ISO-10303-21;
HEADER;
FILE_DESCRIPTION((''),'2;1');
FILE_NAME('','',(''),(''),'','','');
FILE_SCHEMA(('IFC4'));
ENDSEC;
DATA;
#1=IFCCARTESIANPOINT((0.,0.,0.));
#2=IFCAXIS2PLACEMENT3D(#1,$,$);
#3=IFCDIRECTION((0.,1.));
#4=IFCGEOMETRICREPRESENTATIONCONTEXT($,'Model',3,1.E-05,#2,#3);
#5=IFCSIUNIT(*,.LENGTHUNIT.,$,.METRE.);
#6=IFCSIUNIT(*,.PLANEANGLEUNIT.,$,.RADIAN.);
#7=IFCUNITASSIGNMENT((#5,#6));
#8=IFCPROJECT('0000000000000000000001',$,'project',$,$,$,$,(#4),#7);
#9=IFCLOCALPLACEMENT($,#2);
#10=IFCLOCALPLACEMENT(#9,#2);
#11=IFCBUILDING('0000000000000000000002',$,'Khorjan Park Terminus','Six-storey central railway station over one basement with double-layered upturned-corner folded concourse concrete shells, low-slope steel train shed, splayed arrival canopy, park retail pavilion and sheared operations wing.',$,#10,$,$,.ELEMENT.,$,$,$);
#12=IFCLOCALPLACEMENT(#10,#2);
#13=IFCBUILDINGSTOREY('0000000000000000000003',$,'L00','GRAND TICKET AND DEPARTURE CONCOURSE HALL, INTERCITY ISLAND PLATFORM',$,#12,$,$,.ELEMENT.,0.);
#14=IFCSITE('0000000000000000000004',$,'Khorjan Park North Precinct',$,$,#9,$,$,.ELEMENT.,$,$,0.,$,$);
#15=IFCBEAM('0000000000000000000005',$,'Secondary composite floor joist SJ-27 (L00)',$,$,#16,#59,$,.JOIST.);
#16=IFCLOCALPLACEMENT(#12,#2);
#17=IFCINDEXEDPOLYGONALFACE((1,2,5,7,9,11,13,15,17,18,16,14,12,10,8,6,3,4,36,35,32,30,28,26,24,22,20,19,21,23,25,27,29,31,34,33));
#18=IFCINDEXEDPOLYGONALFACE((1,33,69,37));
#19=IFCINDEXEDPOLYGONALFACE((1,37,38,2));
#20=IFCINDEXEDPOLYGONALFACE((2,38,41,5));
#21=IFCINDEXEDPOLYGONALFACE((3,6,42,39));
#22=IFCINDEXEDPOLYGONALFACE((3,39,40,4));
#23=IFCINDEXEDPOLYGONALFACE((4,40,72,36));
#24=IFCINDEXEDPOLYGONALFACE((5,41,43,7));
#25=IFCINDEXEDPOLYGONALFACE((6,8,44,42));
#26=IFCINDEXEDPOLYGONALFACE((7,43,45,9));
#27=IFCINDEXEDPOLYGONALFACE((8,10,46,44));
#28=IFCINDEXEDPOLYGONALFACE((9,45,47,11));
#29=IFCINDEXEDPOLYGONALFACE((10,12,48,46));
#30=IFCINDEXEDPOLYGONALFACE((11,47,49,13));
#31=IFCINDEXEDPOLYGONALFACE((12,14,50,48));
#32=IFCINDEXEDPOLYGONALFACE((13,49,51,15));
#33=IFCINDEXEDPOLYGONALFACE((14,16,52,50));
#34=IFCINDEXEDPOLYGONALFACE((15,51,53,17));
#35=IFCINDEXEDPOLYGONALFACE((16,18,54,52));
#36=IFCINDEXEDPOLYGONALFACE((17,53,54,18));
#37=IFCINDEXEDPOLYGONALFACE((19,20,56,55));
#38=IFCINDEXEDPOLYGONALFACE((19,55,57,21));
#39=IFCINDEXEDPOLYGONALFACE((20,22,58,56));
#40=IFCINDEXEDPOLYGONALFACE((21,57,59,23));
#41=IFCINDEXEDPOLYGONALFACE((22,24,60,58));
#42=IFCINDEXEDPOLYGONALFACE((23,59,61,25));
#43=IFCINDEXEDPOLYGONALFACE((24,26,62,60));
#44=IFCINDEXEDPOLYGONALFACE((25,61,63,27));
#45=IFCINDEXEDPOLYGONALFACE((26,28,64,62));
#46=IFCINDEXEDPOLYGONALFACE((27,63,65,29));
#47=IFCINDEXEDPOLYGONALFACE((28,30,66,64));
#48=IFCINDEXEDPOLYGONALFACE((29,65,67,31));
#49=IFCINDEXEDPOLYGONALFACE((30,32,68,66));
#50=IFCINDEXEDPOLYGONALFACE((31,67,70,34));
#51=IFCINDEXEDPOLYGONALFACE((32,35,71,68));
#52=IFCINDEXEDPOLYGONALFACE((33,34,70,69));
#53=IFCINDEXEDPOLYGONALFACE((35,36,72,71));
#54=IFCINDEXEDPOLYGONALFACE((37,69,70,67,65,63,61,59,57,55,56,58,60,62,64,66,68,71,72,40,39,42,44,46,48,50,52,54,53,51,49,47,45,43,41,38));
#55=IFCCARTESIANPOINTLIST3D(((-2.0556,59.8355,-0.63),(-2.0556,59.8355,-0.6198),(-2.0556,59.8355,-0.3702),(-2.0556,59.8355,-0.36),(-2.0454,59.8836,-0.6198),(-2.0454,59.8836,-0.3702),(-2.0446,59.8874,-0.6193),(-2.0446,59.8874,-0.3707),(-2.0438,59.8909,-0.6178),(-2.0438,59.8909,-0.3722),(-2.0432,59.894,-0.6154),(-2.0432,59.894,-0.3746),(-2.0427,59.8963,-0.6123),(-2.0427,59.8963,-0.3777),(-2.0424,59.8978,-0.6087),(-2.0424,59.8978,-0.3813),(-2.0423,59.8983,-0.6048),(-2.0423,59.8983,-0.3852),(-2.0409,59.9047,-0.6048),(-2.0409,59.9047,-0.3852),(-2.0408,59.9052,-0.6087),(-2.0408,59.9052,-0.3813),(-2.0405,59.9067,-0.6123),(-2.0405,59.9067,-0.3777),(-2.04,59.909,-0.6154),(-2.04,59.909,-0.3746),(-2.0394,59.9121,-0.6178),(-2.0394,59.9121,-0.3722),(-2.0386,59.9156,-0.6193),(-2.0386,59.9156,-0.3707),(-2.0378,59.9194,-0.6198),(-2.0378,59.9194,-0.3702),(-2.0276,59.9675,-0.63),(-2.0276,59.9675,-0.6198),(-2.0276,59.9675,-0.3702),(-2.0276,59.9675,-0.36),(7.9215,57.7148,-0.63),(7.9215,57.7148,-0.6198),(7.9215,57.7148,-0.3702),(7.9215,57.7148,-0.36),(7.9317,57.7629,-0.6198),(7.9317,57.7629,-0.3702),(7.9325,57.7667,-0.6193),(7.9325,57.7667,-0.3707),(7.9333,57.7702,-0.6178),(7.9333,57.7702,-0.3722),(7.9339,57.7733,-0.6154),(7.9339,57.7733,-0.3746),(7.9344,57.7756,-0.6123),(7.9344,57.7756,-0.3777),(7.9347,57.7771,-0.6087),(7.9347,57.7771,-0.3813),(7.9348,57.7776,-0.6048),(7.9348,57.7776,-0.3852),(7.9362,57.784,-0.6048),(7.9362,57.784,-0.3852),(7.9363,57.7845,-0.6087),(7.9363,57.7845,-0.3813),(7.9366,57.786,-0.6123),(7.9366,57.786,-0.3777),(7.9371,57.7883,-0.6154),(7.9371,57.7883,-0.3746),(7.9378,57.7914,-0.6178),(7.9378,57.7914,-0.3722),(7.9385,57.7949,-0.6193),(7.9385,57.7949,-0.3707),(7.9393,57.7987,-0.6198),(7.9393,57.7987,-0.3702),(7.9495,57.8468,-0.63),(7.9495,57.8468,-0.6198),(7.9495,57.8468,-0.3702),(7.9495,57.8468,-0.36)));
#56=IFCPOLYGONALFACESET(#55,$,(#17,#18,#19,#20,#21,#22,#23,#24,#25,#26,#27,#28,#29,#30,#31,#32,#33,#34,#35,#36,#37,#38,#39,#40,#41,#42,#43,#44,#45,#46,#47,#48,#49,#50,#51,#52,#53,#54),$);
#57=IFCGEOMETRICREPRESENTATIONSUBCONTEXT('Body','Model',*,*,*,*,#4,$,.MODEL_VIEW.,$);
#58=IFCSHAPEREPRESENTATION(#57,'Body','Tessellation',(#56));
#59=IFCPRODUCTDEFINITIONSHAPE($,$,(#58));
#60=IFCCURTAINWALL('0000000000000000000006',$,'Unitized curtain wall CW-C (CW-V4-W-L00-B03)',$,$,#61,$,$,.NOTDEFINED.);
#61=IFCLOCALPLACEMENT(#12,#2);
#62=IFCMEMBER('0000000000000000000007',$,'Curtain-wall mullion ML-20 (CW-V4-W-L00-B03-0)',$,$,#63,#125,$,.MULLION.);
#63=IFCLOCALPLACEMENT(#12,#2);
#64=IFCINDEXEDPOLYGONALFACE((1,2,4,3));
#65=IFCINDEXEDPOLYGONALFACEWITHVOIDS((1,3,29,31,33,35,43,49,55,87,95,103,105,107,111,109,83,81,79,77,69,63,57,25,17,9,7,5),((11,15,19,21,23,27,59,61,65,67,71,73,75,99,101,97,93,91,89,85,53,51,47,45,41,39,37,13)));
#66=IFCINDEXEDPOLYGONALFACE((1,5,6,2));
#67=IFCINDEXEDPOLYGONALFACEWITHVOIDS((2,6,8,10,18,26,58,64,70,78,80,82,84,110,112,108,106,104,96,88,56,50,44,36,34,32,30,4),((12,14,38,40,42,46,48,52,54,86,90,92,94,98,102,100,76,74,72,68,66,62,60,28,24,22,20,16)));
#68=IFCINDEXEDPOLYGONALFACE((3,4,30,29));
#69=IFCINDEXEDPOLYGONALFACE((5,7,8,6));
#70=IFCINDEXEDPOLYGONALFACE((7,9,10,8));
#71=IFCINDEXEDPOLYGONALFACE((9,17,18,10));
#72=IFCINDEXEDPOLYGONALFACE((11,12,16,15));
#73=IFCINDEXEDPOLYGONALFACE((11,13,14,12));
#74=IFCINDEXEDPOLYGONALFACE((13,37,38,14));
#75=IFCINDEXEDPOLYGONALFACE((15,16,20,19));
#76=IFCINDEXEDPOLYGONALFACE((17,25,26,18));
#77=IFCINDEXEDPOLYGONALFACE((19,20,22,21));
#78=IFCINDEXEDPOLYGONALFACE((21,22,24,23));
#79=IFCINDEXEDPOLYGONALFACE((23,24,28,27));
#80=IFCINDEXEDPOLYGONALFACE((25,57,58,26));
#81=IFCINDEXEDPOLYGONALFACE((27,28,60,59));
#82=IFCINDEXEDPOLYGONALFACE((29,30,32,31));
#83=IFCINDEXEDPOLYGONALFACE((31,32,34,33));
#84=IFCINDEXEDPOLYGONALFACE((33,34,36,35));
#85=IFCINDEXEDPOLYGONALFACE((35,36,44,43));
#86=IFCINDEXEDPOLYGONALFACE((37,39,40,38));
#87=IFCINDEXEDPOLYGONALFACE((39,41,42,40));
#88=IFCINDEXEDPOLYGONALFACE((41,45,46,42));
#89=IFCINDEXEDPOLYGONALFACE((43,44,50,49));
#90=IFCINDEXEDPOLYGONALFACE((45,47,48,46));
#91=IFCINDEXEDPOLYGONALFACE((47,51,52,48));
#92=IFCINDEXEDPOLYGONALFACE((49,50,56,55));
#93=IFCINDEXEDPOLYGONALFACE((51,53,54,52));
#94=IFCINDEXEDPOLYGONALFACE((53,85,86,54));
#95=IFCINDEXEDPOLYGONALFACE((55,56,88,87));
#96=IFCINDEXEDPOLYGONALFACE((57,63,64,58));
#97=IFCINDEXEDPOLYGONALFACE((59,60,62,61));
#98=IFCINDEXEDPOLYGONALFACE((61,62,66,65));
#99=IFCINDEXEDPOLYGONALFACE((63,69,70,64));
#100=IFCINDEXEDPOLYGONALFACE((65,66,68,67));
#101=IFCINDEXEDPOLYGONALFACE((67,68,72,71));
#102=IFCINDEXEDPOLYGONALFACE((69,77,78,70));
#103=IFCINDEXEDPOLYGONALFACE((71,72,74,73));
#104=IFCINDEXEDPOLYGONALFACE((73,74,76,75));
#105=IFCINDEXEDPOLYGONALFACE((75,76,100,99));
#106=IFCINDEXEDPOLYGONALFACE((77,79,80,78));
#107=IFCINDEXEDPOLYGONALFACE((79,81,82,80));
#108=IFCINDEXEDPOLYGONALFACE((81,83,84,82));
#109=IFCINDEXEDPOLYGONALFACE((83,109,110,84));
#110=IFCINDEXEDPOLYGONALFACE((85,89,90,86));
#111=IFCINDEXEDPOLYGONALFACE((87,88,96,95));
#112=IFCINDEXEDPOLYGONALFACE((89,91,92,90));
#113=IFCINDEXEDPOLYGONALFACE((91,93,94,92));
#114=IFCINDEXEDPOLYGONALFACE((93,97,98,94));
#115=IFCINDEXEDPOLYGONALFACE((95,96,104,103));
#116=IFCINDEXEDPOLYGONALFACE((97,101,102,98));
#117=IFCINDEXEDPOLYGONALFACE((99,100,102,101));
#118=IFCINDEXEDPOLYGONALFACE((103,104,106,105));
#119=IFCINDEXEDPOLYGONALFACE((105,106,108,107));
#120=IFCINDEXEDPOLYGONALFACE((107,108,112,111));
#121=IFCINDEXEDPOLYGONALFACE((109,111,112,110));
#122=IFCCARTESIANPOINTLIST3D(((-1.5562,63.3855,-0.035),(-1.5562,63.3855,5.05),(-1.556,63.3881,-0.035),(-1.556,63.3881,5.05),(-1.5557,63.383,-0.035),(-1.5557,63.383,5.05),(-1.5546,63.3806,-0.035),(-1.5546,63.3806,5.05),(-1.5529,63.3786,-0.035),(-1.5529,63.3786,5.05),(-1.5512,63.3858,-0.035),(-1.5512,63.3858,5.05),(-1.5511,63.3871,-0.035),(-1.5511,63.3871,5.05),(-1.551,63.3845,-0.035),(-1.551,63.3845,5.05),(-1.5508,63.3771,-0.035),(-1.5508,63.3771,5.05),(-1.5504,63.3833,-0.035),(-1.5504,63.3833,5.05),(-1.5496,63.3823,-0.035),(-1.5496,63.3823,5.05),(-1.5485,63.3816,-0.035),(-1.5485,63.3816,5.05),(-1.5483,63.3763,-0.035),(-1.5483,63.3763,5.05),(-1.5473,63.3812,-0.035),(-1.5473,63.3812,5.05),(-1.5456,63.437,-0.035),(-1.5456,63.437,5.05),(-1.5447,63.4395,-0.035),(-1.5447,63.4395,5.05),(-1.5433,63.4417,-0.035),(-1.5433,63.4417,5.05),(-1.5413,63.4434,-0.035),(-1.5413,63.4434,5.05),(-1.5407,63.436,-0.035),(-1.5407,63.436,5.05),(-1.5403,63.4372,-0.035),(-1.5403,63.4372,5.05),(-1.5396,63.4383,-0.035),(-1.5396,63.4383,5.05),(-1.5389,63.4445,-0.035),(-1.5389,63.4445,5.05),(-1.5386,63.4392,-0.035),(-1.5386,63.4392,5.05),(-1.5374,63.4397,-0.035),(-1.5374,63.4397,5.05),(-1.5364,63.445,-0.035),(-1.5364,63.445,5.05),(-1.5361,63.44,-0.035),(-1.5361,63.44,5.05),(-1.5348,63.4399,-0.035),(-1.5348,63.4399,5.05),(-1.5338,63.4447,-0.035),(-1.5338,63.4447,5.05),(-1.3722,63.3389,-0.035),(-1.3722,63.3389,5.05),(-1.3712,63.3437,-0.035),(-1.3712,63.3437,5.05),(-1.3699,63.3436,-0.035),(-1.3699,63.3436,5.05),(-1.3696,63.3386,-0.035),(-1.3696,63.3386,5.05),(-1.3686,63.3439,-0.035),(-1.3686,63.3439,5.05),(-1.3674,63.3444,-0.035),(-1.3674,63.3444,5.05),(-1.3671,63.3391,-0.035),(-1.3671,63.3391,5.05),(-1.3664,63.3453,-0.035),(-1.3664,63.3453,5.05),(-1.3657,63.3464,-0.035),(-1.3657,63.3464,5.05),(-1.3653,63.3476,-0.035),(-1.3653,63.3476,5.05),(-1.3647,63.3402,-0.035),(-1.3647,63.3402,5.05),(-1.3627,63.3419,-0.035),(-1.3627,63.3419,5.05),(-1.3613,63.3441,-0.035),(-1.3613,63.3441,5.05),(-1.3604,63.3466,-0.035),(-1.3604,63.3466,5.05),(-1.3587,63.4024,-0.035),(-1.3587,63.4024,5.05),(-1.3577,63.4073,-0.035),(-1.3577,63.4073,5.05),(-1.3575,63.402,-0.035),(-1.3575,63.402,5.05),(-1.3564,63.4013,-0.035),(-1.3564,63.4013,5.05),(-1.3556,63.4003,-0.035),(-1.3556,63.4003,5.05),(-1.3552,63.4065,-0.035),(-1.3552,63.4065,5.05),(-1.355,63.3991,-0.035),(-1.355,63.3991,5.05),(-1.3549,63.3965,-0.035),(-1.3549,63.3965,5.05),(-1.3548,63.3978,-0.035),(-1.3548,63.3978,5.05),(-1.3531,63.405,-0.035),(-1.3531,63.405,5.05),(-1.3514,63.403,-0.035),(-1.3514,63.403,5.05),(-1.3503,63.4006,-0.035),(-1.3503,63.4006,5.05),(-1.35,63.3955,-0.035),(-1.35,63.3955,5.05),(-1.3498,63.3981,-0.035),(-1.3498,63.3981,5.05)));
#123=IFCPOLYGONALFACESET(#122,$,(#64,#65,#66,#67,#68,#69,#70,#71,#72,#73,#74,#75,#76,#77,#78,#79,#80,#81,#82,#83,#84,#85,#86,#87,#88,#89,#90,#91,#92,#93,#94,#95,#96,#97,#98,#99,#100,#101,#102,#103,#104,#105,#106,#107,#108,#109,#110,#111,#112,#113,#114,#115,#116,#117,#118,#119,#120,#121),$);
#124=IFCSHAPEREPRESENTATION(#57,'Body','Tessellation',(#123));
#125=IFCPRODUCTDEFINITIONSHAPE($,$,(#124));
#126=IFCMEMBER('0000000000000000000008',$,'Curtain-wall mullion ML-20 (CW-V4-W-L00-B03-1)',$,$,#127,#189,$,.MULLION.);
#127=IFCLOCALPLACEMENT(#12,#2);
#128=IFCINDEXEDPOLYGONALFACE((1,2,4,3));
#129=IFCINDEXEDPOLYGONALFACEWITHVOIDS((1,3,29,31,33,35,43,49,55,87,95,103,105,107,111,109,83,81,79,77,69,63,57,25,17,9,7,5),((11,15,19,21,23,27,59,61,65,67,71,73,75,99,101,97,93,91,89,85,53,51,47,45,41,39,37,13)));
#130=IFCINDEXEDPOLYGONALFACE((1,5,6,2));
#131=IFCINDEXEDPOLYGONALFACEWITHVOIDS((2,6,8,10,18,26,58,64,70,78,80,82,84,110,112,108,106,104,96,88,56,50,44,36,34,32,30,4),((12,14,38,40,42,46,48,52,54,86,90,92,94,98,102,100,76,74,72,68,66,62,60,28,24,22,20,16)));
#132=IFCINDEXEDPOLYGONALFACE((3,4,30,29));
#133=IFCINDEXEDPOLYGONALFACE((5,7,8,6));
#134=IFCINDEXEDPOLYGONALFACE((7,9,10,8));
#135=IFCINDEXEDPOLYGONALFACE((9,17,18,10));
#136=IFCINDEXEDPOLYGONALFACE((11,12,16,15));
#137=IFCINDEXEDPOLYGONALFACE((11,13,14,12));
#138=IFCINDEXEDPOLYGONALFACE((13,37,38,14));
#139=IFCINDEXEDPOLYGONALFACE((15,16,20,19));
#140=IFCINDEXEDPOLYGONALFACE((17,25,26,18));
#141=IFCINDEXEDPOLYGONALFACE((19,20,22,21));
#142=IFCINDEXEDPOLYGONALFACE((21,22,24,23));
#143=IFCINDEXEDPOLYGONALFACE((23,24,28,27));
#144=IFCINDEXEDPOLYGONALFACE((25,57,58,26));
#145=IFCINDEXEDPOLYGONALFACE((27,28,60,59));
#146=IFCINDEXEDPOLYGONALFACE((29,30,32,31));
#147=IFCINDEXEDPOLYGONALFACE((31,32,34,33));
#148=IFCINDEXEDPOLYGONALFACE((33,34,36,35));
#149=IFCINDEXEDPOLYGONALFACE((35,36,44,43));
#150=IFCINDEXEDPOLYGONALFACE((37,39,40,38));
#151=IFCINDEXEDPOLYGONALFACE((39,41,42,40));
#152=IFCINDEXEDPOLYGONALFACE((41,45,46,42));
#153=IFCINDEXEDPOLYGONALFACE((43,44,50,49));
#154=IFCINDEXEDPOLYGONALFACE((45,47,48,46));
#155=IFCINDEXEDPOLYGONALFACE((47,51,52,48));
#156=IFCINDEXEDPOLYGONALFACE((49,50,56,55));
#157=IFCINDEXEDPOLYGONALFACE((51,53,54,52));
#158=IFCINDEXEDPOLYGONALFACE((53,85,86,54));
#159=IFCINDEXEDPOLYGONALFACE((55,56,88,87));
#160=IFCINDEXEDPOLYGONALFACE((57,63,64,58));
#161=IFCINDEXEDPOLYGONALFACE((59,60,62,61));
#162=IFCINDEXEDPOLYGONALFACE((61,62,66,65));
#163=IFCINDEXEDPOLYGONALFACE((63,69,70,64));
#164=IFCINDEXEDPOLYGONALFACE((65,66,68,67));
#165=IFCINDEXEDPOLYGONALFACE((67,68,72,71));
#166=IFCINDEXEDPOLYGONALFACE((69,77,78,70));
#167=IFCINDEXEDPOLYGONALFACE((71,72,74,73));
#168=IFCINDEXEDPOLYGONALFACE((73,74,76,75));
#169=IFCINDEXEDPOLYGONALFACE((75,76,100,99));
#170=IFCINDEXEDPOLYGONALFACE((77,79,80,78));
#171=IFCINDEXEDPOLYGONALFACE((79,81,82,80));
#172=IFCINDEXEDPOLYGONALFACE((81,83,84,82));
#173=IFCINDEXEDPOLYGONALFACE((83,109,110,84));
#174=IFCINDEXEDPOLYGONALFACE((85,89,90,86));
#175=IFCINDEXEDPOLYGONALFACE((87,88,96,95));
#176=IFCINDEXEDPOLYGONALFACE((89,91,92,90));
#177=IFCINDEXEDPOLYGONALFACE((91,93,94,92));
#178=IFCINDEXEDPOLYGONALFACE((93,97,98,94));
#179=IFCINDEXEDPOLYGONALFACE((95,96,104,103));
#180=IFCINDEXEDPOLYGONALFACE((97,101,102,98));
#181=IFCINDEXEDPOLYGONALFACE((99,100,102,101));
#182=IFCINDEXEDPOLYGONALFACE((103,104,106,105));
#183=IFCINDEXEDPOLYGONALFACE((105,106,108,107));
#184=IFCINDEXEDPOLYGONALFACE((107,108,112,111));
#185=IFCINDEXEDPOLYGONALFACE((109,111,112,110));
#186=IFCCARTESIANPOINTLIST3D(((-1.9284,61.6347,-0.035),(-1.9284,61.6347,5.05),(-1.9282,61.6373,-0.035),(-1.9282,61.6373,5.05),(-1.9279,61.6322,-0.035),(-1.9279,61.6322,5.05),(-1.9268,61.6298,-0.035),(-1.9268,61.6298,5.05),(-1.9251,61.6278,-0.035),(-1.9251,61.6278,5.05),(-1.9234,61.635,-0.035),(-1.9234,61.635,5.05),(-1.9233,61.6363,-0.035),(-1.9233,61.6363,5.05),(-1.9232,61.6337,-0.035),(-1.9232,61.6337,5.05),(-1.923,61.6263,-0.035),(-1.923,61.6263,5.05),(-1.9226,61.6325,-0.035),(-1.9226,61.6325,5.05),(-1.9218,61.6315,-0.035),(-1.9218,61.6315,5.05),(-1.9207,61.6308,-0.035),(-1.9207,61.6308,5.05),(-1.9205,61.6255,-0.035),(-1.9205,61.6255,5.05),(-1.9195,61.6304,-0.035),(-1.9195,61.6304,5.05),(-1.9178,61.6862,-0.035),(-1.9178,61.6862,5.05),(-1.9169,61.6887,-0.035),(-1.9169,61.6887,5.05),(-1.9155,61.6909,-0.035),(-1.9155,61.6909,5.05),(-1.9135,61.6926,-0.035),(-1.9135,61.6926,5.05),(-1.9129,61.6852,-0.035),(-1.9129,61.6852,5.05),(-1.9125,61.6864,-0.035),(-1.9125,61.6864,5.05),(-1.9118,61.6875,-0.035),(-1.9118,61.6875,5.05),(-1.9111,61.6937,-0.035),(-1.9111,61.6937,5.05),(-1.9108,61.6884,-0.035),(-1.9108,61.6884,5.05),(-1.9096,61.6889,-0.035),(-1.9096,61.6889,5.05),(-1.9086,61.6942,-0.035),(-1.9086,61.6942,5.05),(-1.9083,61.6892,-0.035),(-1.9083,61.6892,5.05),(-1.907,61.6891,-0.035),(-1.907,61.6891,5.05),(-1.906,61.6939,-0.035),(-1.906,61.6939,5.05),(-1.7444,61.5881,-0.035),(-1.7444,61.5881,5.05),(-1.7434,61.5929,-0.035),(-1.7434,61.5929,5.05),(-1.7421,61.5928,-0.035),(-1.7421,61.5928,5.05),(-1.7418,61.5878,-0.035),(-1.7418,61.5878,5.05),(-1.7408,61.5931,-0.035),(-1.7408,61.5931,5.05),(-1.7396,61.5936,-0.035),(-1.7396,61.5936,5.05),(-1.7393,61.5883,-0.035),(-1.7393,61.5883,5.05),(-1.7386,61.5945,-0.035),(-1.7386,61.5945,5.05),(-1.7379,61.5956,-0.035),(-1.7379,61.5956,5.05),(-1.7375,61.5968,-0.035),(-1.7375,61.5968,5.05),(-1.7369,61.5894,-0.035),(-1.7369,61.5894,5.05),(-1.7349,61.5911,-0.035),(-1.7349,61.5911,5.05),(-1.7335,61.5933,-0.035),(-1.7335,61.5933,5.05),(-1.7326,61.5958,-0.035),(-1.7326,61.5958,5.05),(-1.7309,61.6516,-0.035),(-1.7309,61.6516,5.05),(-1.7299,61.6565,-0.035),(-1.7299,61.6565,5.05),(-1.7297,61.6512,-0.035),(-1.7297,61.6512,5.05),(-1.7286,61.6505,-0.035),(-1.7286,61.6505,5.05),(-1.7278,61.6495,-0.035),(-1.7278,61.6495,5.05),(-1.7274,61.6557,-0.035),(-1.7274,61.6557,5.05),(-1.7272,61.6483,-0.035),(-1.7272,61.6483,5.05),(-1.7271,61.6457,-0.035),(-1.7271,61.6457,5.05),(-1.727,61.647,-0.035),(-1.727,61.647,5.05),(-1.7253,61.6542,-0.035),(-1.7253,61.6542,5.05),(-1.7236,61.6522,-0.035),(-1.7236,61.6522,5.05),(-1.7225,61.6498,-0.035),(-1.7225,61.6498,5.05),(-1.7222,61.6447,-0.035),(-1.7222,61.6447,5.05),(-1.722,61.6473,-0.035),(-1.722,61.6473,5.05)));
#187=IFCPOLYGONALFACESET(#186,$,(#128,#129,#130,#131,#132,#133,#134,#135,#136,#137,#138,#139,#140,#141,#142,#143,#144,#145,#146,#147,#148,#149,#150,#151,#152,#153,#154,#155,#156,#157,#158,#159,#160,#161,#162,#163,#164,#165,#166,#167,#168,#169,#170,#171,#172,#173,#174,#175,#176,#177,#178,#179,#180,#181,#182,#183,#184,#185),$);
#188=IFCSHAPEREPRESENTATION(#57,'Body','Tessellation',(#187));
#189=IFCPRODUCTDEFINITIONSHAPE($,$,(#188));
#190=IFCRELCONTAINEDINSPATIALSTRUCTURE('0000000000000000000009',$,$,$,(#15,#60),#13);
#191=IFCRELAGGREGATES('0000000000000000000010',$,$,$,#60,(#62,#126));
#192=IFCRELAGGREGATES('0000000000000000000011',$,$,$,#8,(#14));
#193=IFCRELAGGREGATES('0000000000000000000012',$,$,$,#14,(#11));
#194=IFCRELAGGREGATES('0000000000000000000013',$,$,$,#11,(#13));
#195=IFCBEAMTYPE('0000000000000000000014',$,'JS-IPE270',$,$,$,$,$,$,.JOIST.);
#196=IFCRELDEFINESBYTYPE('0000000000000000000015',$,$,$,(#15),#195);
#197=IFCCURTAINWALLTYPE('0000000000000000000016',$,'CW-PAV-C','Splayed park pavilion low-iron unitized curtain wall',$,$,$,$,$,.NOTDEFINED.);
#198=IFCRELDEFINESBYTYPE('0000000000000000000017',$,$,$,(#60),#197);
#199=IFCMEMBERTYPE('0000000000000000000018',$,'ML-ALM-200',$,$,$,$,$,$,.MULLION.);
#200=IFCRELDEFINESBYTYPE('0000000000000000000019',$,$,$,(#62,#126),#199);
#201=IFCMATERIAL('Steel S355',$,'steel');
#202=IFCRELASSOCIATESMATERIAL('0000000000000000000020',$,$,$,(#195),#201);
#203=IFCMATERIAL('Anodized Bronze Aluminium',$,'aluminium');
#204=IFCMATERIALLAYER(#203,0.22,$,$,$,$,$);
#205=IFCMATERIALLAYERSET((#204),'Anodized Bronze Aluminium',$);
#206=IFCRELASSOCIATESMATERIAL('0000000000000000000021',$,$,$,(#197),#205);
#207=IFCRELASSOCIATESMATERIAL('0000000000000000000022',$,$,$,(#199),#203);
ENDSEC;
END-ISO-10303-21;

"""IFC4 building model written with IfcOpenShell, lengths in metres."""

from ifc_helpers import new_model, si_unit, direction, frame, origin, origin_2d, place, context, subcontext, project, spatial, hollow_rectangle, i_section, extrude, material, layer, layer_set, material_profile, profile_set, type_object, element, aggregate, save


model = new_model("IFC4")

# Units and contexts
model_context = context("Model", 3, precision=1e-05, world=origin(), true_north=direction((0.0, 1.0)))
body_context = subcontext(model_context, "Body", "Model", "MODEL_VIEW")
ifc_project = project(units=[si_unit("LENGTHUNIT", "METRE"), si_unit("PLANEANGLEUNIT", "RADIAN")], contexts=[model_context])

# Site, building, storey
site_placement = place(None, origin())
site = spatial("IfcSite", under=ifc_project, at=site_placement, Name="Khorjan Park North Precinct", CompositionType="ELEMENT", RefElevation=0.0)
building_placement = place(site_placement, origin())
building = spatial("IfcBuilding", under=site, at=building_placement, Name="Khorjan Park Terminus", Description="Six-storey central railway station over one basement with double-layered upturned-corner folded concourse concrete shells, low-slope steel train shed, splayed arrival canopy, park retail pavilion and sheared operations wing.", CompositionType="ELEMENT")
storey_placement = place(building_placement, origin())
storey = spatial("IfcBuildingStorey", under=building, at=storey_placement, Name="L00", Description="GRAND TICKET AND DEPARTURE CONCOURSE HALL, INTERCITY ISLAND PLATFORM", CompositionType="ELEMENT", Elevation=0.0)

# Shared definitions
ifc_material_1 = material(Name="Steel S355", Category="steel")

# Beam
ifc_material_profile_1 = material_profile(ifc_material_1, i_section(OverallWidth=0.135, OverallDepth=0.27, WebThickness=0.0066, FlangeThickness=0.0102, FilletRadius=0.015, at=origin_2d()), Name="IPE 270")
ifc_profile_set_1 = profile_set([ifc_material_profile_1], Name="Steel S355")
beam_type_1 = type_object("IfcBeamType", Name="JS-IPE270", PredefinedType="JOIST", material=ifc_profile_set_1)
beam_1_placement = place(storey_placement, frame((-2.0416, 59.9015, -0.495), z_axis=(0.978148, -0.207912, 0.0), x_axis=(0.207912, 0.978148, 0.0)))
element("IfcBeam", 1, at=beam_1_placement, inside=storey, type_object=beam_type_1, Name="Secondary composite floor joist SJ-27 (L00)", PredefinedType="JOIST", context=body_context, shape_type="SweptSolid", body=[
    extrude(i_section(OverallWidth=0.135, OverallDepth=0.27, WebThickness=0.0066, FlangeThickness=0.0102, FilletRadius=0.015, at=origin_2d()), origin(), (0.0, 0.0, 1.0), 10.2),
])

# Curtain wall, members
ifc_material_2 = material(Name="Anodized Bronze Aluminium", Category="aluminium")
ifc_layer_1 = layer(ifc_material_2, 0.22)
ifc_layer_set_1 = layer_set([ifc_layer_1], Name="Anodized Bronze Aluminium")
curtain_wall_type = type_object("IfcCurtainWallType", Name="CW-PAV-C", Description="Splayed park pavilion low-iron unitized curtain wall", PredefinedType="NOTDEFINED", material=ifc_layer_set_1)
curtain_wall_placement = place(storey_placement, origin())
curtain_wall = element("IfcCurtainWall", 2, at=curtain_wall_placement, inside=storey, type_object=curtain_wall_type, Name="Unitized curtain wall CW-C (CW-V4-W-L00-B03)", PredefinedType="NOTDEFINED")
ifc_material_profile_2 = material_profile(ifc_material_2, hollow_rectangle(XDim=0.07, YDim=0.2, WallThickness=0.005, InnerFilletRadius=0.005, OuterFilletRadius=0.01, at=origin_2d()), Name="ALM 70x200x5")
ifc_profile_set_2 = profile_set([ifc_material_profile_2], Name="Anodized Bronze Aluminium")
member_type_1 = type_object("IfcMemberType", Name="ML-ALM-200", PredefinedType="MULLION", material=ifc_profile_set_2)
member_1_placement = place(storey_placement, frame((-1.453, 63.3918, -0.035), z_axis=(0.0, 0.0, 1.0), x_axis=(-0.207917, -0.978147, 0.0)))
member_1 = element("IfcMember", 3, at=member_1_placement, type_object=member_type_1, Name="Curtain-wall mullion ML-20 (CW-V4-W-L00-B03-0)", PredefinedType="MULLION", context=body_context, shape_type="SweptSolid", body=[
    extrude(hollow_rectangle(XDim=0.07, YDim=0.2, WallThickness=0.005, InnerFilletRadius=0.005, OuterFilletRadius=0.01, at=origin_2d()), origin(), (0.0, 0.0, 1.0), 5.085),
])
member_2_placement = place(storey_placement, frame((-1.8252, 61.641, -0.035), z_axis=(0.0, 0.0, 1.0), x_axis=(-0.207917, -0.978147, 0.0)))
member_2 = element("IfcMember", 4, at=member_2_placement, type_object=member_type_1, Name="Curtain-wall mullion ML-20 (CW-V4-W-L00-B03-1)", PredefinedType="MULLION", context=body_context, shape_type="SweptSolid", body=[
    extrude(hollow_rectangle(XDim=0.07, YDim=0.2, WallThickness=0.005, InnerFilletRadius=0.005, OuterFilletRadius=0.01, at=origin_2d()), origin(), (0.0, 0.0, 1.0), 5.085),
])
aggregate(curtain_wall, [member_1, member_2])

save(model, "model.ifc")
